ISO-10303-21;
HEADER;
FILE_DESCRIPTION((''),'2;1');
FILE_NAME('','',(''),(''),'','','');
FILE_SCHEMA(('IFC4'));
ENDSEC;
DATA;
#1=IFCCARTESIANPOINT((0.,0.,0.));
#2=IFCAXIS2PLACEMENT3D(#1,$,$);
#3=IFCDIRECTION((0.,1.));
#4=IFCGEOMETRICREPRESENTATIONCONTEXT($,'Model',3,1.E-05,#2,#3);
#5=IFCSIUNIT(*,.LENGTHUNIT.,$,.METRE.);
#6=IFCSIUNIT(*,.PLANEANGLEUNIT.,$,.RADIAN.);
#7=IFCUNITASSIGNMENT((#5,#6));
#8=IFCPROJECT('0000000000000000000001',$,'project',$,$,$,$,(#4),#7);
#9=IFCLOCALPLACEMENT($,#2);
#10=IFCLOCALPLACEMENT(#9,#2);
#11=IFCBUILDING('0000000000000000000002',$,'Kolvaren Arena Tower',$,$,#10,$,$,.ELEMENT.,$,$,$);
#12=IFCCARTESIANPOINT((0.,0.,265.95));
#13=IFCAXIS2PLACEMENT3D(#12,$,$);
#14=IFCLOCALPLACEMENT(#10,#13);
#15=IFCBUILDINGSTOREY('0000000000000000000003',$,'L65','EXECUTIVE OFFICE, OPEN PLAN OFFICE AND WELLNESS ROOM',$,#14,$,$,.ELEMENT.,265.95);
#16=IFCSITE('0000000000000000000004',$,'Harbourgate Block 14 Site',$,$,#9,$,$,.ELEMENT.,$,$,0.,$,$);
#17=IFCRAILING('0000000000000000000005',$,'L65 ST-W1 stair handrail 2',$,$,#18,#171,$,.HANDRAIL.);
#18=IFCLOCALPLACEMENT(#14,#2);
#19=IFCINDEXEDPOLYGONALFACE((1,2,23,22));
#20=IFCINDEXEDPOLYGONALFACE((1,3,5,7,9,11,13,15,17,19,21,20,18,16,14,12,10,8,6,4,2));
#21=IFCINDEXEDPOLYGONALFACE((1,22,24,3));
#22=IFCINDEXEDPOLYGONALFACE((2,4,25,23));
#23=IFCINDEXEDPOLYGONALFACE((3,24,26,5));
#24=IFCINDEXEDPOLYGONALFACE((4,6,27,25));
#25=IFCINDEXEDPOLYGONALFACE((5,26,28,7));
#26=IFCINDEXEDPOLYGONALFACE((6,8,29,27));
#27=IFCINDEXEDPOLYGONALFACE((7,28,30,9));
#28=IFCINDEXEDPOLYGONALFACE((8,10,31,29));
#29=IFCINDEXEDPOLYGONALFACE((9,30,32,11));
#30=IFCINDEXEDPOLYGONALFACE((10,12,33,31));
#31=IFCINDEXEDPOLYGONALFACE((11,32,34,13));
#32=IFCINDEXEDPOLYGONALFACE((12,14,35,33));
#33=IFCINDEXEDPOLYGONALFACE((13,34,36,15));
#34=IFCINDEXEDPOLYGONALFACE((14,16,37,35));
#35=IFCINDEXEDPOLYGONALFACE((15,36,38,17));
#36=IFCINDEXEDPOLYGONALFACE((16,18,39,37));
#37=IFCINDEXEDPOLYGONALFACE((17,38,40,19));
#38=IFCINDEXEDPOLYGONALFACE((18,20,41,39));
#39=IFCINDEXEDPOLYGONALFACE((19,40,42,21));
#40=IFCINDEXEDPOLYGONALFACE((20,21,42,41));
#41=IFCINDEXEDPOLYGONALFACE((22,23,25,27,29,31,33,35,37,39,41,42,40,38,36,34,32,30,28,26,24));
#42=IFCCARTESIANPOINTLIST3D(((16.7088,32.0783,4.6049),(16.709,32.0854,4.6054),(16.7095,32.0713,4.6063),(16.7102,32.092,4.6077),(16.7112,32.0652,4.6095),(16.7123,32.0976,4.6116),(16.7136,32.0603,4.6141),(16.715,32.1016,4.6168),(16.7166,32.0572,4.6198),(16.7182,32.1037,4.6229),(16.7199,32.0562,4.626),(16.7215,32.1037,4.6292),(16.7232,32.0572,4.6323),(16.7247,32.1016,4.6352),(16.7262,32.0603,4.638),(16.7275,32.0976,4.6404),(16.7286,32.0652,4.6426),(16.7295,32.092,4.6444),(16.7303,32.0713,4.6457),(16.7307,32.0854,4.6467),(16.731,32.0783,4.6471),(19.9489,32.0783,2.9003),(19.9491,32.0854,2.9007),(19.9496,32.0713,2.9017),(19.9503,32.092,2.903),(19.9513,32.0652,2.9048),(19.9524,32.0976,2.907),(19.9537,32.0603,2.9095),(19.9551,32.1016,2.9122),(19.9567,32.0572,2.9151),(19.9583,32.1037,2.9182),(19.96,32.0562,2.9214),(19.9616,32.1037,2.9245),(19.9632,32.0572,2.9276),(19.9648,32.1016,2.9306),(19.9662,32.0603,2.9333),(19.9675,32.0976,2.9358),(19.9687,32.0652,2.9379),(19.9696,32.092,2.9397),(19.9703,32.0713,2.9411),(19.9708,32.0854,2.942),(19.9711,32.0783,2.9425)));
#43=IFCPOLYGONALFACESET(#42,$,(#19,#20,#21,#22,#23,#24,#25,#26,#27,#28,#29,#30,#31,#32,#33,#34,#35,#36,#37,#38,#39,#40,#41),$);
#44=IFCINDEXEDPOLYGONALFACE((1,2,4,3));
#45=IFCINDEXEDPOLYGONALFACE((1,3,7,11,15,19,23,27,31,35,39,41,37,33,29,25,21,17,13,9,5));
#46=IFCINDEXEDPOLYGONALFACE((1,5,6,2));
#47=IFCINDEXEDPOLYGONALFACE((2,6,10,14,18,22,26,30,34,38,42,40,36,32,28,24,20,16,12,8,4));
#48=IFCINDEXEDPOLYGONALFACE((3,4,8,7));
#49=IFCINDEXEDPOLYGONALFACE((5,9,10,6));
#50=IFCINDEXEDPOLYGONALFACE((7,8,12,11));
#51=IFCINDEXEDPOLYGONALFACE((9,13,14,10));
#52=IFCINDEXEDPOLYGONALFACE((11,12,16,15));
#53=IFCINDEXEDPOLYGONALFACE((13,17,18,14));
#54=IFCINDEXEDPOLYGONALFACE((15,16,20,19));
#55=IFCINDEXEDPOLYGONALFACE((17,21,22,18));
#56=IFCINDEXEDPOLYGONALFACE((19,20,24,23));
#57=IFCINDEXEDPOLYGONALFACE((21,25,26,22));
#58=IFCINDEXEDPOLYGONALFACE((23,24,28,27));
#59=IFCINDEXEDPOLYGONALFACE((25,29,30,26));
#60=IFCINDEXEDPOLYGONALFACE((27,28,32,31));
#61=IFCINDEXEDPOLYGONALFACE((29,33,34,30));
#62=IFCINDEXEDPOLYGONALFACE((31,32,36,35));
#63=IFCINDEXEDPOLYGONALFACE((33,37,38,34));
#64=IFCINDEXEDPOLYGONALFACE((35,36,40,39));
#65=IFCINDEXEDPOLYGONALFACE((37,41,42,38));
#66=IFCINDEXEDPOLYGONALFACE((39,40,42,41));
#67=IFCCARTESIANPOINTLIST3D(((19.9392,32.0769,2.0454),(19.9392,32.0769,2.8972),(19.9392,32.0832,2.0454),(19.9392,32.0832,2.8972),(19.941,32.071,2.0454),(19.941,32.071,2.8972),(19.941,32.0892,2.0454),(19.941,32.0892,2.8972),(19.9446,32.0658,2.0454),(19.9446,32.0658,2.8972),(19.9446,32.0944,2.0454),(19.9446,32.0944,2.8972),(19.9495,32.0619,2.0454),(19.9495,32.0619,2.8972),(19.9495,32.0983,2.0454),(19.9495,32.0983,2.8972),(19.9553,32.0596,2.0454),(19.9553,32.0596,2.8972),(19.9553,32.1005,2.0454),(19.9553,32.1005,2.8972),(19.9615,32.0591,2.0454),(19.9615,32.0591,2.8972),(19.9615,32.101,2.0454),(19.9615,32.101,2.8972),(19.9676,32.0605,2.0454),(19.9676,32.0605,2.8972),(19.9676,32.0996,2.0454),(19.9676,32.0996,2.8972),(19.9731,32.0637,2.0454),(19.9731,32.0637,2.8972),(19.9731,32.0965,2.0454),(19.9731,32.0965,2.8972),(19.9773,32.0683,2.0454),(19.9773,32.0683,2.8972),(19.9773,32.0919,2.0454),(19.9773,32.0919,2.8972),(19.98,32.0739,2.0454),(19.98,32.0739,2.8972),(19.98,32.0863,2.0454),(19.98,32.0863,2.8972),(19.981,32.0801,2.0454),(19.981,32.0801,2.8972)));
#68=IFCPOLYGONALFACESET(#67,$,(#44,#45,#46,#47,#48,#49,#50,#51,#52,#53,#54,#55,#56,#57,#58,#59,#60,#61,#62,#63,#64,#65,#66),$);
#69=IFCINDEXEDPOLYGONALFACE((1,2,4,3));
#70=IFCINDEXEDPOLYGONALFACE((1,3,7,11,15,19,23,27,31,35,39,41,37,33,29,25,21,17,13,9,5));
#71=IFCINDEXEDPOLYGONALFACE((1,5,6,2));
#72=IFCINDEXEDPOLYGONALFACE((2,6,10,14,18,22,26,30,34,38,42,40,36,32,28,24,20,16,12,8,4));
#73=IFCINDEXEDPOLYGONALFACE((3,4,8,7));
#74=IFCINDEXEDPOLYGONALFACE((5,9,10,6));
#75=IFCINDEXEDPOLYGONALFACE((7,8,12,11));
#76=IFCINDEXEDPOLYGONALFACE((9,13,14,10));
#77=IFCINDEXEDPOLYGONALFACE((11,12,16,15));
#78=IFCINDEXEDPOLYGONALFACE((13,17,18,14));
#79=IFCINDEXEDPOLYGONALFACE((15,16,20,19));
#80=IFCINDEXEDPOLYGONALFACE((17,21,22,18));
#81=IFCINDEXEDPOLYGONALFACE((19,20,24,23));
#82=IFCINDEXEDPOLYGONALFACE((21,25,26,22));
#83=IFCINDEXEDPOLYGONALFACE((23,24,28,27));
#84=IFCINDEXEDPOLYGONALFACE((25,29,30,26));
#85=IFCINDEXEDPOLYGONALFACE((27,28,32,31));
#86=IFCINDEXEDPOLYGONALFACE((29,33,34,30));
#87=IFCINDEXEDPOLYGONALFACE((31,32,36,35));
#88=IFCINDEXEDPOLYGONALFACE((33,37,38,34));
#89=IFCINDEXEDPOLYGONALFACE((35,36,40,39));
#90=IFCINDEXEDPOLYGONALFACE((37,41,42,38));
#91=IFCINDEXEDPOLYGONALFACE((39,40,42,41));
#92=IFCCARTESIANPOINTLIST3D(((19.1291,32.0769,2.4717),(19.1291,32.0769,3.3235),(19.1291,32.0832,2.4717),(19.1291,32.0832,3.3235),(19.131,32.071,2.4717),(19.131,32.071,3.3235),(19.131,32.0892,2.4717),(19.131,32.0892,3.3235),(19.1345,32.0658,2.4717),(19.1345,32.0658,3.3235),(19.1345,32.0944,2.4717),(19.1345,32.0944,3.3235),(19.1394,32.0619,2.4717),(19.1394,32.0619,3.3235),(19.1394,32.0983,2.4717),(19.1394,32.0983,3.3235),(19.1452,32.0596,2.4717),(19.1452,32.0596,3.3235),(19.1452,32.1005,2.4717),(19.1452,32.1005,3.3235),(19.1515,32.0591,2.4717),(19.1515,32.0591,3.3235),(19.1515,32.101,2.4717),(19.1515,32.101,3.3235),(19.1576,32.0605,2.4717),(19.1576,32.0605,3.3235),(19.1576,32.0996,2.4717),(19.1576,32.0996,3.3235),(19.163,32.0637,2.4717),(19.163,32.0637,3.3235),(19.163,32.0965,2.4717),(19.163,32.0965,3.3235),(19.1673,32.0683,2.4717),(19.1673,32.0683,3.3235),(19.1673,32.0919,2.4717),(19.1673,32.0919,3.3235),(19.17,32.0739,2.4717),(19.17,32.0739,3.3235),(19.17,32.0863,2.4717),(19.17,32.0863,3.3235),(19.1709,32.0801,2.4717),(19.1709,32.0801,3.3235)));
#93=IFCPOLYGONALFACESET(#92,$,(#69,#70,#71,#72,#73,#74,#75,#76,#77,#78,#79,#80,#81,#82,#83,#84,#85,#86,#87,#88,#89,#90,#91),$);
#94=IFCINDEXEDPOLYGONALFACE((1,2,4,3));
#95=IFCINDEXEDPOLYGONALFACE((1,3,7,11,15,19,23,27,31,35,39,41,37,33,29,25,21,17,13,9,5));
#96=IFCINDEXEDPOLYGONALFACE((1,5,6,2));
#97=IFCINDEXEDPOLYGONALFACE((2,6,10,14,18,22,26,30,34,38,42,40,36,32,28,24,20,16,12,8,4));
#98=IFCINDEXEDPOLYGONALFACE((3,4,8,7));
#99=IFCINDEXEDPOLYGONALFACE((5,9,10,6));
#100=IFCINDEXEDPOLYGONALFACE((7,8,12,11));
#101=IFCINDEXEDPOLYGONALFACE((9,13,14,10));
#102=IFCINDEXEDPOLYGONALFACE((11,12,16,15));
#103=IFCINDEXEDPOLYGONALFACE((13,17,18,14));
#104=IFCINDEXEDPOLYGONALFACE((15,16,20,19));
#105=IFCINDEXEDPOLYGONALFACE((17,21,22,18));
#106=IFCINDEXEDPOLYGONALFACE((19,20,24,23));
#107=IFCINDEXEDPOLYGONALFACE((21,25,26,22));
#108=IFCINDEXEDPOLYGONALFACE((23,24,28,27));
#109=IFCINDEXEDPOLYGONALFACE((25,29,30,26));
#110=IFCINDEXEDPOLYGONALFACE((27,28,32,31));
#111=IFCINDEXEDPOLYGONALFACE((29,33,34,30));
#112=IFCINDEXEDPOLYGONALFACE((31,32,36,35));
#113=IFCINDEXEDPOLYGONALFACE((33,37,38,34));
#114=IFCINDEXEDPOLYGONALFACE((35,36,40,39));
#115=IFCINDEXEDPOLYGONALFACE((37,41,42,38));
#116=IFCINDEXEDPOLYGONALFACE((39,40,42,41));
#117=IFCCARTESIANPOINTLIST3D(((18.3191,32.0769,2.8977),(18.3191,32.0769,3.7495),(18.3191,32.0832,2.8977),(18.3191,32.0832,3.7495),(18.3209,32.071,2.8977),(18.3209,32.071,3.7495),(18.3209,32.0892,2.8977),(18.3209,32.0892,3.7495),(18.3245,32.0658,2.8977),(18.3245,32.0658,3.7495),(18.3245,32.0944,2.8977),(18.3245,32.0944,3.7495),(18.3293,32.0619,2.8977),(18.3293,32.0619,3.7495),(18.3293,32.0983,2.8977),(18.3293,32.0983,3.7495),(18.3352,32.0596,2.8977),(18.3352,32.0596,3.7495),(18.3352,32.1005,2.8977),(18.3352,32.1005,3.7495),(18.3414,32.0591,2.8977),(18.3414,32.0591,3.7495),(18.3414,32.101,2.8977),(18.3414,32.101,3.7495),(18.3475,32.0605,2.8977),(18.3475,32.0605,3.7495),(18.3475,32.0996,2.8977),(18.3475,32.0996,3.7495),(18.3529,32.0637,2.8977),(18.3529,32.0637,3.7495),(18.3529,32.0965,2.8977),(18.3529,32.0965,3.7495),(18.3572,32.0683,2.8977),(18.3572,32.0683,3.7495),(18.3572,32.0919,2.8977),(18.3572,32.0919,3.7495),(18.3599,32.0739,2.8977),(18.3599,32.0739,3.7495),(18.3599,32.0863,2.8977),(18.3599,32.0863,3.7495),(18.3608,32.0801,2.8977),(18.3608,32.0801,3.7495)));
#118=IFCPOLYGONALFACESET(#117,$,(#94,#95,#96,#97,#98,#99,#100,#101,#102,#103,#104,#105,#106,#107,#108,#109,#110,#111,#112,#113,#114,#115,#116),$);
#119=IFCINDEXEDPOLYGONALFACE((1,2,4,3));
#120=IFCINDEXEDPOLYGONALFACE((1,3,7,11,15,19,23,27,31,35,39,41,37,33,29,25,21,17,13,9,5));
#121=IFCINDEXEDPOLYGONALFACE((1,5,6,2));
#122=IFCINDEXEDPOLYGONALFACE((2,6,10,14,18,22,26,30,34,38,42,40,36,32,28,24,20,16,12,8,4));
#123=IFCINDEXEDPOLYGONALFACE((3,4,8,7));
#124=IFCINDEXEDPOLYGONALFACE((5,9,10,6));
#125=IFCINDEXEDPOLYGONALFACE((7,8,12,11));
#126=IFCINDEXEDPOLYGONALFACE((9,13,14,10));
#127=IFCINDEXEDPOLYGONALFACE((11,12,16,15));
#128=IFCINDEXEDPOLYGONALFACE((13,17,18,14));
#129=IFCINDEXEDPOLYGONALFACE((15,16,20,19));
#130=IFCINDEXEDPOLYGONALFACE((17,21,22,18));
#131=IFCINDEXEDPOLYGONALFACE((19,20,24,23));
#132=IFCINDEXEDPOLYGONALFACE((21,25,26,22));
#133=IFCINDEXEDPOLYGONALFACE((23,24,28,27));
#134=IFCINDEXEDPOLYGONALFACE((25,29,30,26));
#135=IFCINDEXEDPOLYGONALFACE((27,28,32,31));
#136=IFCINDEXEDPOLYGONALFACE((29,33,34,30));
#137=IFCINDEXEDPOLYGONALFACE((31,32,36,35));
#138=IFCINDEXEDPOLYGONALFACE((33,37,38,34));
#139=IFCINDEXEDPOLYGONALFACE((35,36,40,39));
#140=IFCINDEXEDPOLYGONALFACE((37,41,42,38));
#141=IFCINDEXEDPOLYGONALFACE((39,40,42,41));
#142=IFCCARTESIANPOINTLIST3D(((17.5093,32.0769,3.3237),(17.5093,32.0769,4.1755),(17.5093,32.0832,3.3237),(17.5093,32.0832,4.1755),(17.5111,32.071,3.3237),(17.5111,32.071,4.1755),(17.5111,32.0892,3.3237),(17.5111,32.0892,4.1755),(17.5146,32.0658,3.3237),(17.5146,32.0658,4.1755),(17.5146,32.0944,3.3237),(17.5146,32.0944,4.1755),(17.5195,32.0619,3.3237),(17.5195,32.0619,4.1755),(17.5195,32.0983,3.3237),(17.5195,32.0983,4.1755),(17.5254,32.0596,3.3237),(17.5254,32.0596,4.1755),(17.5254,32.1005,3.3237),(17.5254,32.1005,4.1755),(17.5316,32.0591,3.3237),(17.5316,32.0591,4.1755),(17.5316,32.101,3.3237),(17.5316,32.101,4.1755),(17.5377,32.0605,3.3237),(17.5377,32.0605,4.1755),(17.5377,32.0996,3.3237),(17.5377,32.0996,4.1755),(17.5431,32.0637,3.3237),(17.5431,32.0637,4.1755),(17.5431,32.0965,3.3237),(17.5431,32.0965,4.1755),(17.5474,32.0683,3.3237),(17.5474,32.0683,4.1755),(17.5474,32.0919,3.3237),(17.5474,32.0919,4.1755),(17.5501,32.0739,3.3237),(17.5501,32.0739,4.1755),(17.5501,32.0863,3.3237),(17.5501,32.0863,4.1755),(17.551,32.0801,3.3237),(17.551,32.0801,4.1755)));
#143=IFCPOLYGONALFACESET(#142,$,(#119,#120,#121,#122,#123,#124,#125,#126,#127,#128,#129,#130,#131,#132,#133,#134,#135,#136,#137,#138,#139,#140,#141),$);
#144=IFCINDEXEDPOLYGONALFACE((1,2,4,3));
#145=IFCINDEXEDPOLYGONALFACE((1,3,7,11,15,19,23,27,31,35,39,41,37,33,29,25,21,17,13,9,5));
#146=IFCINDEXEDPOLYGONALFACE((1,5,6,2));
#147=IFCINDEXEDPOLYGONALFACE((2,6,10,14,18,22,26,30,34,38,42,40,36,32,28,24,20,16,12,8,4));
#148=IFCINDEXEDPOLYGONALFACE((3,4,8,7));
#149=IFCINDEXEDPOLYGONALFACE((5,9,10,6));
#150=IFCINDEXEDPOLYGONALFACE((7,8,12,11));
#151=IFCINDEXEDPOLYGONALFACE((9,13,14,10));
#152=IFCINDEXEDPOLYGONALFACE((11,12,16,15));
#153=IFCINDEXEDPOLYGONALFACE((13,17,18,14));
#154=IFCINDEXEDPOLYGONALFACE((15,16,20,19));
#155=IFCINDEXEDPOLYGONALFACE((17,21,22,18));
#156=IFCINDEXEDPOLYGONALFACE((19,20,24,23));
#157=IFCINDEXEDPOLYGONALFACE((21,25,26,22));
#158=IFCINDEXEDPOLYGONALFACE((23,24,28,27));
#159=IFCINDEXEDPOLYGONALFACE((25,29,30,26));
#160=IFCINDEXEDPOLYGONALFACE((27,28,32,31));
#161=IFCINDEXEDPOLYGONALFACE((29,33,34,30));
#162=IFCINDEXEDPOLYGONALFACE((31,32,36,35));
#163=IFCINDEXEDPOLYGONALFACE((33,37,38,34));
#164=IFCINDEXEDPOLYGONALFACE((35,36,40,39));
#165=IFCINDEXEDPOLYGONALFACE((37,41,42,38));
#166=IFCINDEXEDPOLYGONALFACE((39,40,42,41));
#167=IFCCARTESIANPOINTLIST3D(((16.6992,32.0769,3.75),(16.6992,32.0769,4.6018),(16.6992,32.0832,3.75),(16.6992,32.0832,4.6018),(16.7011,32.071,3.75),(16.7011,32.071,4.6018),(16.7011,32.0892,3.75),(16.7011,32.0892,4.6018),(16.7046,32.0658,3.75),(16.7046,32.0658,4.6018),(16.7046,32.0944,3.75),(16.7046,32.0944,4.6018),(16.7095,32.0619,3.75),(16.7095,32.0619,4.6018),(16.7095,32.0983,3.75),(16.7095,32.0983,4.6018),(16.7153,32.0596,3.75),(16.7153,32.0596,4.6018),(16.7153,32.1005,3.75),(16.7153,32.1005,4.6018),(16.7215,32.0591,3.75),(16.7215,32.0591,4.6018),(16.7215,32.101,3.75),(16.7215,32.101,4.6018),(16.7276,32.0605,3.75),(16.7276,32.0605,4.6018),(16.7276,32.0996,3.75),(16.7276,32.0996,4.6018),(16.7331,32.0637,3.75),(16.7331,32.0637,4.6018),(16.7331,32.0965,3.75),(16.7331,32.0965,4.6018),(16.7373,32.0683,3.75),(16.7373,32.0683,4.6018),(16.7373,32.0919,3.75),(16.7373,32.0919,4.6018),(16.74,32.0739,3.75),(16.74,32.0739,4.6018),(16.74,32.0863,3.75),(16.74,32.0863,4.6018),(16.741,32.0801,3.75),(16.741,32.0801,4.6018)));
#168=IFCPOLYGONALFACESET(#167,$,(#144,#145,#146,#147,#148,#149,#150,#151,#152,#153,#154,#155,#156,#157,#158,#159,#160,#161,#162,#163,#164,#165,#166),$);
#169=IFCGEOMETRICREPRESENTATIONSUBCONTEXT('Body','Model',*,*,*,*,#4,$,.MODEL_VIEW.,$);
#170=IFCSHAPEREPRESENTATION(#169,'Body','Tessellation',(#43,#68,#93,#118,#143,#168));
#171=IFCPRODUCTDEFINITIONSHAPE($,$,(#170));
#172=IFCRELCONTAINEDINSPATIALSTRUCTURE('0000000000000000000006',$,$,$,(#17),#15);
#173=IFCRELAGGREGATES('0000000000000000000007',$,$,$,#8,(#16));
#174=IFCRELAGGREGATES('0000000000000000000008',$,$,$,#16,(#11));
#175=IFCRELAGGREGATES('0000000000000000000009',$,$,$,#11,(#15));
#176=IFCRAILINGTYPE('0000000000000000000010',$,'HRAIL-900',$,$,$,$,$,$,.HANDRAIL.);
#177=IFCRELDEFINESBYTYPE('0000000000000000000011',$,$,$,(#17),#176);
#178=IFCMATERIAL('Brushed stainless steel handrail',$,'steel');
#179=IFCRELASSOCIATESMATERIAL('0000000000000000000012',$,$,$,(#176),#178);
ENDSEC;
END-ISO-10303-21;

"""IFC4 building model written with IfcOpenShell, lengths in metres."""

from ifc_helpers import new_model, si_unit, direction, frame, origin, origin_2d, place, context, subcontext, project, spatial, circle, extrude, material, type_object, element, save


model = new_model("IFC4")

# Units and contexts
model_context = context("Model", 3, precision=1e-05, world=origin(), true_north=direction((0.0, 1.0)))
body_context = subcontext(model_context, "Body", "Model", "MODEL_VIEW")
ifc_project = project(units=[si_unit("LENGTHUNIT", "METRE"), si_unit("PLANEANGLEUNIT", "RADIAN")], contexts=[model_context])

# Site, building, storey
site_placement = place(None, origin())
site = spatial("IfcSite", under=ifc_project, at=site_placement, Name="Harbourgate Block 14 Site", CompositionType="ELEMENT", RefElevation=0.0)
building_placement = place(site_placement, origin())
building = spatial("IfcBuilding", under=site, at=building_placement, Name="Kolvaren Arena Tower", CompositionType="ELEMENT")
storey_placement = place(building_placement, frame((0.0, 0.0, 265.95)))
storey = spatial("IfcBuildingStorey", under=building, at=storey_placement, Name="L65", Description="EXECUTIVE OFFICE, OPEN PLAN OFFICE AND WELLNESS ROOM", CompositionType="ELEMENT", Elevation=265.95)

# Railing
ifc_material_1 = material(Name="Brushed stainless steel handrail", Category="steel")
railing_type_1 = type_object("IfcRailingType", Name="HRAIL-900", PredefinedType="HANDRAIL", material=ifc_material_1)
railing_1_placement = place(storey_placement, frame((19.96, 32.0801, 2.0454)))
element("IfcRailing", 1, at=railing_1_placement, inside=storey, type_object=railing_type_1, Name="L65 ST-W1 stair handrail 2", PredefinedType="HANDRAIL", context=body_context, shape_type="SweptSolid", body=[
    extrude(circle(Radius=0.0239, at=origin_2d()), frame((0.0, 0.0, 0.876), z_axis=(-0.884993, 0.0, 0.465604), x_axis=(0.0, -1.0, 0.0)), (0.0, 0.0, 1.0), 3.6611),
    extrude(circle(Radius=0.021, at=origin_2d()), origin(), (0.0, 0.0, 1.0), 0.8518),
    extrude(circle(Radius=0.021, at=origin_2d()), frame((-0.8101, 0.0, 0.4263)), (0.0, 0.0, 1.0), 0.8518),
    extrude(circle(Radius=0.021, at=origin_2d()), frame((-1.6201, 0.0, 0.8523)), (0.0, 0.0, 1.0), 0.8518),
    extrude(circle(Radius=0.021, at=origin_2d()), frame((-2.4299, 0.0, 1.2783)), (0.0, 0.0, 1.0), 0.8518),
    extrude(circle(Radius=0.021, at=origin_2d()), frame((-3.24, 0.0, 1.7046)), (0.0, 0.0, 1.0), 0.8518),
])

save(model, "model.ifc")
